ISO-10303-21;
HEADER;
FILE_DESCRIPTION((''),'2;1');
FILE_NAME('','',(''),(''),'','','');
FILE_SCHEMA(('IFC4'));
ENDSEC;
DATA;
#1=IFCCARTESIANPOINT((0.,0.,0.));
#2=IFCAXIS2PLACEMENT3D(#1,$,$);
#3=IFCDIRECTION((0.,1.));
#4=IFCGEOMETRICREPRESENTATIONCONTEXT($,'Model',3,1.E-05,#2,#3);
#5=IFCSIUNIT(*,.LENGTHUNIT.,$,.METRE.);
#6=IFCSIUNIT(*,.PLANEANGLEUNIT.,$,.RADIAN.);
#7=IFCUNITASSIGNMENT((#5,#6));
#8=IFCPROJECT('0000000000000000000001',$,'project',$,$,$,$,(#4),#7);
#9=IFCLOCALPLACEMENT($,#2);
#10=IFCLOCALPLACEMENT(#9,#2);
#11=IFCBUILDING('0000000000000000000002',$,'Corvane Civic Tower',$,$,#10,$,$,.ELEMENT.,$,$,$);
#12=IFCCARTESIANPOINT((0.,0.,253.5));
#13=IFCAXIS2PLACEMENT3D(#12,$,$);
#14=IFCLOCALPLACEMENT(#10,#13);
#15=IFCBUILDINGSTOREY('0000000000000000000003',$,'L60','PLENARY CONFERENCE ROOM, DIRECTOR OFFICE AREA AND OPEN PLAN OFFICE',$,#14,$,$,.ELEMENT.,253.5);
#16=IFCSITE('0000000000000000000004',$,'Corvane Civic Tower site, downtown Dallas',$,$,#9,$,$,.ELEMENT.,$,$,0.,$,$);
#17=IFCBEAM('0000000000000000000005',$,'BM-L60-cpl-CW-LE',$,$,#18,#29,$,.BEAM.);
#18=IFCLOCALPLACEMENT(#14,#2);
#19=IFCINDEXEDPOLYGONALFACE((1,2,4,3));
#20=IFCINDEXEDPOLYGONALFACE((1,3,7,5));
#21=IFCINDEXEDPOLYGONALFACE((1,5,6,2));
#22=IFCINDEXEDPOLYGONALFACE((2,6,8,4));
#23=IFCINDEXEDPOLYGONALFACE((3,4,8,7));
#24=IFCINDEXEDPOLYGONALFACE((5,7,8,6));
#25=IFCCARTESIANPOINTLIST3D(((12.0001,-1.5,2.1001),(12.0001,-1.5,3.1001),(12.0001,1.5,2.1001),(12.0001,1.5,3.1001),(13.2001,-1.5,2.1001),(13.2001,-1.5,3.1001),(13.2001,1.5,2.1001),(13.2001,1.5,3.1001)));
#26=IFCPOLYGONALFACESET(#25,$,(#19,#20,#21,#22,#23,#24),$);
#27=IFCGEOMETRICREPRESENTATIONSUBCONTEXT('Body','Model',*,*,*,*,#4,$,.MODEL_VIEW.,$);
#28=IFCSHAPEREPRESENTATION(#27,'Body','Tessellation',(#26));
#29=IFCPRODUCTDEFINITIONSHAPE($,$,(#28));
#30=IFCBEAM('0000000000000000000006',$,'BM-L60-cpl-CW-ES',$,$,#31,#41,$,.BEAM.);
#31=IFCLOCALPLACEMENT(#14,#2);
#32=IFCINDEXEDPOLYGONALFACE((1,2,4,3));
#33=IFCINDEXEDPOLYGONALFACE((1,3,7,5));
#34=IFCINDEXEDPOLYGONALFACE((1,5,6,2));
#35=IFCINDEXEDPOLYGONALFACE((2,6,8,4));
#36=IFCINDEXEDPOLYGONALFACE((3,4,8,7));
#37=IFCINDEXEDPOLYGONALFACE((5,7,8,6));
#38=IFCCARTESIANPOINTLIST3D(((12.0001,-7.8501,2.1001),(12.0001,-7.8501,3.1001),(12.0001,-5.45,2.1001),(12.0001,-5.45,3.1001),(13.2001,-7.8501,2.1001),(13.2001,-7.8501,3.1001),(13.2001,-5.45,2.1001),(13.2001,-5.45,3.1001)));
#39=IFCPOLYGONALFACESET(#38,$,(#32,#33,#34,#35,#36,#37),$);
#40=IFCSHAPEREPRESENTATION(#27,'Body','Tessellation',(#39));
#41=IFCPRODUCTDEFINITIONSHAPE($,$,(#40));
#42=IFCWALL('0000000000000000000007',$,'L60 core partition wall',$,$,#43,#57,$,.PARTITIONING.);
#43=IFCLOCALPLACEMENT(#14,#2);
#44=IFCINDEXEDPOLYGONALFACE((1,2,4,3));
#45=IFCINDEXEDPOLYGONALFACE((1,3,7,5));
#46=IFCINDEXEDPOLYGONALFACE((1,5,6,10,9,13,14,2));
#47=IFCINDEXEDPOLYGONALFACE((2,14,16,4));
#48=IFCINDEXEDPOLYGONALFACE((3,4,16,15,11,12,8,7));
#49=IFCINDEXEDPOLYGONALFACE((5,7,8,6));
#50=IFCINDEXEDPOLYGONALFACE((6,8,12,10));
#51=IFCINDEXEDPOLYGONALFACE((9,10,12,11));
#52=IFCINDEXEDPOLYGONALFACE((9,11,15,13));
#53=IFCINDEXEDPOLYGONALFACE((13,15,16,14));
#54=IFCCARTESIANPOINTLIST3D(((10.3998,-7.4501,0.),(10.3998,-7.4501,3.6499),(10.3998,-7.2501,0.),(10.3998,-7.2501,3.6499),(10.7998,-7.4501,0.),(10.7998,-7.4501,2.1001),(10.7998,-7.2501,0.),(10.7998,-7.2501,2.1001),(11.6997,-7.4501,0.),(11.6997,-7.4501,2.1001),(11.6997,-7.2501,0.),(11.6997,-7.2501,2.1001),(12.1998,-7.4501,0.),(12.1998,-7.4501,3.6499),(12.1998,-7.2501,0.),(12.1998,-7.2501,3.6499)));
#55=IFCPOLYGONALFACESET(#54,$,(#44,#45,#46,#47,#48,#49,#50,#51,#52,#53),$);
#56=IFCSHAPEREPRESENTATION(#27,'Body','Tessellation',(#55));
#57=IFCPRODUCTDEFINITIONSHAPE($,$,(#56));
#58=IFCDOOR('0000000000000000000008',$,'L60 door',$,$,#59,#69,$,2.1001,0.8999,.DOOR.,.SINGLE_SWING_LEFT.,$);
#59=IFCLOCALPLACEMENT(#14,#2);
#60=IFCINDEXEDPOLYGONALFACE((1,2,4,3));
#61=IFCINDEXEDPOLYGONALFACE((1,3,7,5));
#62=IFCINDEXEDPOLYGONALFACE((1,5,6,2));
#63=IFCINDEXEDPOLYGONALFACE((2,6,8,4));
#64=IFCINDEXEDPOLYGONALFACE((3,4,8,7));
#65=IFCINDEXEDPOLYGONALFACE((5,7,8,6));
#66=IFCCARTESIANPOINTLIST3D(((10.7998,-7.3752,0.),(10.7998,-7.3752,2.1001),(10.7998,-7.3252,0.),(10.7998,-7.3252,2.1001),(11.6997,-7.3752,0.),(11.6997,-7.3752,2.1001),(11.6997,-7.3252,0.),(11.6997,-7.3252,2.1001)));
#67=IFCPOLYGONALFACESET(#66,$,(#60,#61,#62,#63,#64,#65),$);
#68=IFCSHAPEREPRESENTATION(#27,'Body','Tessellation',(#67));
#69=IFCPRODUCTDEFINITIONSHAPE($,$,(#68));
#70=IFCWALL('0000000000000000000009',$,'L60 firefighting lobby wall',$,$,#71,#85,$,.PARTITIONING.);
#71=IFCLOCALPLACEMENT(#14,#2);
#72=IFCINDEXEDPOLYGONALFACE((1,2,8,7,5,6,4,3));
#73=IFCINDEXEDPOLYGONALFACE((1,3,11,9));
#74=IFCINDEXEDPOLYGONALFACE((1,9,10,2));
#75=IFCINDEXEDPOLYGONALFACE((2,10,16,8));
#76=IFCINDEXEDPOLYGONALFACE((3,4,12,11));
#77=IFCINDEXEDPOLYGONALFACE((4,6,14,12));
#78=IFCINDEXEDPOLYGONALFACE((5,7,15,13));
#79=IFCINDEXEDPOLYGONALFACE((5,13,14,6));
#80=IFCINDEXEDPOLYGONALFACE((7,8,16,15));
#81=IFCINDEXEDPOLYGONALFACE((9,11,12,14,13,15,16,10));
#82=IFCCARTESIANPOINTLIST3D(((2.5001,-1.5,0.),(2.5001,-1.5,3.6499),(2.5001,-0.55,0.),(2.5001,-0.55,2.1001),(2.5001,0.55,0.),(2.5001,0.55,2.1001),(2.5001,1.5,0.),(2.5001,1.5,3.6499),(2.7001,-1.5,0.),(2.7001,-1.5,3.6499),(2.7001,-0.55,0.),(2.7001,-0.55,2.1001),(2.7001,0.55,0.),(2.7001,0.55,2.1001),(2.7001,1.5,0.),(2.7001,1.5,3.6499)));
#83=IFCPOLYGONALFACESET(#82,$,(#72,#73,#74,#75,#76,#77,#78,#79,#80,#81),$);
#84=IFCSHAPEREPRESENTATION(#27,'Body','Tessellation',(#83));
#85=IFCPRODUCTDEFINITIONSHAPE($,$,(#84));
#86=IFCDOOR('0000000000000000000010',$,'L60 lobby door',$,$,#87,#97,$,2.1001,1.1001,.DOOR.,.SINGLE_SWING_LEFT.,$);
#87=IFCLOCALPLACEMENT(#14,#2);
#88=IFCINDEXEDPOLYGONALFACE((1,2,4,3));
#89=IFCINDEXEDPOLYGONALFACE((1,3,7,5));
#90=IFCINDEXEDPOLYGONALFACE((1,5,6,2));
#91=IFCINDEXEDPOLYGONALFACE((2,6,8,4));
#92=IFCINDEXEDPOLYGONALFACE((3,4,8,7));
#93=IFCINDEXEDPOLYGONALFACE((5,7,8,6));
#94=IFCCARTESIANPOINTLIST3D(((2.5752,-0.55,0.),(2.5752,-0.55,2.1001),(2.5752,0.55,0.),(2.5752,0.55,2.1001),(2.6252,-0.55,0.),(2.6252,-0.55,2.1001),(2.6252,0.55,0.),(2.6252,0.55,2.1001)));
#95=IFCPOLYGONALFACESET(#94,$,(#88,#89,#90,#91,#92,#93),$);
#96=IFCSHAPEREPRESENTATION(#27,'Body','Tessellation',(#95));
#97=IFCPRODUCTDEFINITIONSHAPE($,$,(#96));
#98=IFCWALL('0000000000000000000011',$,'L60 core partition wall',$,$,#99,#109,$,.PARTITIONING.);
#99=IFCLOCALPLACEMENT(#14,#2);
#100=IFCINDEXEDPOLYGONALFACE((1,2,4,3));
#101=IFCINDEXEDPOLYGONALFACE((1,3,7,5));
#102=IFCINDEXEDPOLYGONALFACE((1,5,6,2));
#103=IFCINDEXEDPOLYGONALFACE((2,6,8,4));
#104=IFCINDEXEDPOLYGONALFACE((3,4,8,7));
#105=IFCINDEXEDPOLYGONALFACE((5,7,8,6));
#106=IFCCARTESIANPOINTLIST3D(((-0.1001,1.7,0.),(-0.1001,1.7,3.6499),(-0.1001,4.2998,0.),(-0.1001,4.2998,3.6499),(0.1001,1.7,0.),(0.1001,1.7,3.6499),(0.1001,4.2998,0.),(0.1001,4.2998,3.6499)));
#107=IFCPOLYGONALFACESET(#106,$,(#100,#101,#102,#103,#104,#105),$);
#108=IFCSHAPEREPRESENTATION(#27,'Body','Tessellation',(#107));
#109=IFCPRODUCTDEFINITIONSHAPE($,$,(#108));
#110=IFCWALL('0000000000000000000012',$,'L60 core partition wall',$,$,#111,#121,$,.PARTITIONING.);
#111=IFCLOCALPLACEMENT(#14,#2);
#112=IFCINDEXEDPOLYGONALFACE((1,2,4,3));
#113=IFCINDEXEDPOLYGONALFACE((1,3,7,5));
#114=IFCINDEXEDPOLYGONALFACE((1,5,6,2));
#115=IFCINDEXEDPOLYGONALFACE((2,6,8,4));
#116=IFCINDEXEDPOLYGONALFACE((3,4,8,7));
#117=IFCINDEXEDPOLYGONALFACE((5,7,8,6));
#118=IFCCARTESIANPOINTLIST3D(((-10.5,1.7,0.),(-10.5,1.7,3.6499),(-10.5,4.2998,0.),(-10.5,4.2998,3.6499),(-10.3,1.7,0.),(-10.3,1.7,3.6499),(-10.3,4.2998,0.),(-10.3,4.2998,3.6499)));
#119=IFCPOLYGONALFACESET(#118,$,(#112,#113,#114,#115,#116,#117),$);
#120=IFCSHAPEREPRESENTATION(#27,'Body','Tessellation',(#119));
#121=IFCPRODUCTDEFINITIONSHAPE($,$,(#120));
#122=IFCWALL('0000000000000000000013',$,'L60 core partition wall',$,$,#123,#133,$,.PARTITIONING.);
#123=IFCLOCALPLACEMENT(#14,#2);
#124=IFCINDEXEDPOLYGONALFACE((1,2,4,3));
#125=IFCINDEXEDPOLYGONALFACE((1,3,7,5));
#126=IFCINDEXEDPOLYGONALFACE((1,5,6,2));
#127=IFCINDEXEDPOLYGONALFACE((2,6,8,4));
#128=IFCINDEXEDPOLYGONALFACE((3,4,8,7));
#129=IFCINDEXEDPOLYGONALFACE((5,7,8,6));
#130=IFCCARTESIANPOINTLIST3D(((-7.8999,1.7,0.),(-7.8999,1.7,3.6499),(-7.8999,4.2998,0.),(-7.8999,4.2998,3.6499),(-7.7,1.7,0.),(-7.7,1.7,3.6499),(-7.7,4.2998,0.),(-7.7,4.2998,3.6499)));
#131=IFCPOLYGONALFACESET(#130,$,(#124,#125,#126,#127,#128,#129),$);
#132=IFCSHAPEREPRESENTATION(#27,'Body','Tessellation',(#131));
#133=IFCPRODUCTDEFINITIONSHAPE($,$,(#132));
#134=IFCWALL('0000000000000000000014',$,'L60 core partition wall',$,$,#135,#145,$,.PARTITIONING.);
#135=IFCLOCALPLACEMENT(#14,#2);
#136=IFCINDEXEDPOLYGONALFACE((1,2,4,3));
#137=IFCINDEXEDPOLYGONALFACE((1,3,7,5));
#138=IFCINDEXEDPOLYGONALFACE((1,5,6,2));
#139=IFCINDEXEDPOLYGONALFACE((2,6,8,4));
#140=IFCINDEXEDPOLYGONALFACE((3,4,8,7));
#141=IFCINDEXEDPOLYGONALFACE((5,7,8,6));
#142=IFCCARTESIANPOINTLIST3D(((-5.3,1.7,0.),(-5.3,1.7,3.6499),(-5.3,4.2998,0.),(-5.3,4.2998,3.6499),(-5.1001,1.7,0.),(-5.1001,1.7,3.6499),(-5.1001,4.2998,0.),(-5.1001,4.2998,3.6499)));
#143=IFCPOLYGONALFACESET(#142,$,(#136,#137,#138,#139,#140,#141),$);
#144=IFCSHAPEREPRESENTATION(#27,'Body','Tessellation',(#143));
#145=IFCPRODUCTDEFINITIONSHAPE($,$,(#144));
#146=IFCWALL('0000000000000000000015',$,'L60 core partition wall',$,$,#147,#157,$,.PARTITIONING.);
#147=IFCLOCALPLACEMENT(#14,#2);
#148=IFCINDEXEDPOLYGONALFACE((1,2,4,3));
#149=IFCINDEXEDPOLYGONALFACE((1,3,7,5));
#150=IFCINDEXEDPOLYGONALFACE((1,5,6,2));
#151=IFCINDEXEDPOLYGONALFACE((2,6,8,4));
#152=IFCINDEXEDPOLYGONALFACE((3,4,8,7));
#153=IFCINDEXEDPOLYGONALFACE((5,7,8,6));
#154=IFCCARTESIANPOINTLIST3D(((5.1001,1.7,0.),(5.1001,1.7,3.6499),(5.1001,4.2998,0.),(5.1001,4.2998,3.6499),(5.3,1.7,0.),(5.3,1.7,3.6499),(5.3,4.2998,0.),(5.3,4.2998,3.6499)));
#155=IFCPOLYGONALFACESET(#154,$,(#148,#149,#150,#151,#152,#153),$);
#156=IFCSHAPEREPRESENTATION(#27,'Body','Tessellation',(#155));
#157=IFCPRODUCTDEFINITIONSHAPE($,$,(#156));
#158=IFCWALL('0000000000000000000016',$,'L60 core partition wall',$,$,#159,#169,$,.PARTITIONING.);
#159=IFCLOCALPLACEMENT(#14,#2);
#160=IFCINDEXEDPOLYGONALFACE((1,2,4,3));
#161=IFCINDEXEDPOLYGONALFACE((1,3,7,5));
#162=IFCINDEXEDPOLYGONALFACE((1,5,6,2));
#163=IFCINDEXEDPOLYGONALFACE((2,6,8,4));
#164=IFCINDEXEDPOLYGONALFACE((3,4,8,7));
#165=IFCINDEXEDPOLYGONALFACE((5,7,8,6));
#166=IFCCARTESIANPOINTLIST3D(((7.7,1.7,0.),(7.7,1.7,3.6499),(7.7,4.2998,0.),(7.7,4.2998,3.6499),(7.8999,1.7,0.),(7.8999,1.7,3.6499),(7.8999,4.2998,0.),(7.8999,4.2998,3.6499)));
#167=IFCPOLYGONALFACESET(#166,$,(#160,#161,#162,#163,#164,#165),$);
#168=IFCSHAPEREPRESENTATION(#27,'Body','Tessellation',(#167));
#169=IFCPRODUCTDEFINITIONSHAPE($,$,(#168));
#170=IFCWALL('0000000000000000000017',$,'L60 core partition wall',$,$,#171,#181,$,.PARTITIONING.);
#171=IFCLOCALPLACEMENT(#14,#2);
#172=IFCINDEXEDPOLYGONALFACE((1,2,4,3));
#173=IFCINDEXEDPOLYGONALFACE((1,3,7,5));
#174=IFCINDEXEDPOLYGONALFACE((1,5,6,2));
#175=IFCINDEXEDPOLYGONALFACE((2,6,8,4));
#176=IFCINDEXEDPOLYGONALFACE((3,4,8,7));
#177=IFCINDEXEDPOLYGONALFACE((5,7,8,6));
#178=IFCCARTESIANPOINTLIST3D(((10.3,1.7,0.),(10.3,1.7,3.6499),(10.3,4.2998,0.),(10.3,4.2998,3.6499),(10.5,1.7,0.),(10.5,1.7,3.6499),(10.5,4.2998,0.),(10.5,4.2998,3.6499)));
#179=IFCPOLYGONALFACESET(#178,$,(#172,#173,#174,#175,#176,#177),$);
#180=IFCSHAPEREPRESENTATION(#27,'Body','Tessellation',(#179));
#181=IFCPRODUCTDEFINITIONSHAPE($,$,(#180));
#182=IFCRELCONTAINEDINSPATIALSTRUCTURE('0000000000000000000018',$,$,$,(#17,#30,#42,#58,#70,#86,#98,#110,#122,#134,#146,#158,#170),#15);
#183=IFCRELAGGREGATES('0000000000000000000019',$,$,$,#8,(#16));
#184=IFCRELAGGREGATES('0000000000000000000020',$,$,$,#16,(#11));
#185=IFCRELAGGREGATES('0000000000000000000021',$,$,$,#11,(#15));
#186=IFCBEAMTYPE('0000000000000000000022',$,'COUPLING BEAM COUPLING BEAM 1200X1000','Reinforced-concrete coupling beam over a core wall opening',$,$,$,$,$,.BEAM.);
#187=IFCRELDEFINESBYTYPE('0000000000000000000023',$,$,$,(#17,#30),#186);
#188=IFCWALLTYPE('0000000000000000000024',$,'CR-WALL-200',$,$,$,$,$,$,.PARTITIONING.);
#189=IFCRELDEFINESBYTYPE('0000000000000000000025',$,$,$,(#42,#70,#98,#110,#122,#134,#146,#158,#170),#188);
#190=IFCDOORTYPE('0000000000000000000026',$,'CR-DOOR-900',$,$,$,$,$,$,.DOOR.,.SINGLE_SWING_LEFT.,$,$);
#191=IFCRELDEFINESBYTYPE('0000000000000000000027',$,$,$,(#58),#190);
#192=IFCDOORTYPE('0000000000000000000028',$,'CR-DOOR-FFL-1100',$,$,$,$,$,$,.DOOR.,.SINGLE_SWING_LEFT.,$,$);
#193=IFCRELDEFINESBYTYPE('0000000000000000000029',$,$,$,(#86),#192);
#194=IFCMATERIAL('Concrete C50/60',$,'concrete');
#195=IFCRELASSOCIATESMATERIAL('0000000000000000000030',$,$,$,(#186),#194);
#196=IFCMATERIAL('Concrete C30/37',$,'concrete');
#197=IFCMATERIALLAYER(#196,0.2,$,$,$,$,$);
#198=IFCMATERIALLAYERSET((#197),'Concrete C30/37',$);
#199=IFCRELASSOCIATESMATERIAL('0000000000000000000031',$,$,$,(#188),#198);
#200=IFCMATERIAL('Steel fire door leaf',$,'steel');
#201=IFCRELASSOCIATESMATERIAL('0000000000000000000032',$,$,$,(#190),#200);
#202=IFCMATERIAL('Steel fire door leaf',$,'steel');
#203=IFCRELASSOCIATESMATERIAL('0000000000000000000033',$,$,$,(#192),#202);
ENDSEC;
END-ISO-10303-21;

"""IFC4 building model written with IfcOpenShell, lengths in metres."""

from ifc_helpers import new_model, si_unit, direction, frame, frame_2d, origin, origin_2d, place, context, subcontext, project, spatial, polyline, rectangle, outline, extrude, material, layer, layer_set, material_profile, profile_set, type_object, element, fill, save


model = new_model("IFC4")

# Units and contexts
model_context = context("Model", 3, precision=1e-05, world=origin(), true_north=direction((0.0, 1.0)))
body_context = subcontext(model_context, "Body", "Model", "MODEL_VIEW")
ifc_project = project(units=[si_unit("LENGTHUNIT", "METRE"), si_unit("PLANEANGLEUNIT", "RADIAN")], contexts=[model_context])

# Site, building, storey
site_placement = place(None, origin())
site = spatial("IfcSite", under=ifc_project, at=site_placement, Name="Corvane Civic Tower site, downtown Dallas", CompositionType="ELEMENT", RefElevation=0.0)
building_placement = place(site_placement, origin())
building = spatial("IfcBuilding", under=site, at=building_placement, Name="Corvane Civic Tower", CompositionType="ELEMENT")
storey_placement = place(building_placement, frame((0.0, 0.0, 253.5)))
storey = spatial("IfcBuildingStorey", under=building, at=storey_placement, Name="L60", Description="PLENARY CONFERENCE ROOM, DIRECTOR OFFICE AREA AND OPEN PLAN OFFICE", CompositionType="ELEMENT", Elevation=253.5)

# Beams
ifc_material_1 = material(Name="Concrete C50/60", Category="concrete")
ifc_material_profile = material_profile(ifc_material_1, rectangle(XDim=1.2, YDim=1.0, at=origin_2d()), Name="COUPLING BEAM 1200X1000")
ifc_profile_set = profile_set([ifc_material_profile], Name="Concrete C50/60")
beam_type = type_object("IfcBeamType", Name="COUPLING BEAM COUPLING BEAM 1200X1000", Description="Reinforced-concrete coupling beam over a core wall opening", PredefinedType="BEAM", material=ifc_profile_set)
beam_1_placement = place(storey_placement, frame((12.6001, -1.5, 2.6001), z_axis=(0.0, 1.0, 0.0), x_axis=(-1.0, 0.0, 0.0)))
element("IfcBeam", 1, at=beam_1_placement, inside=storey, type_object=beam_type, Name="BM-L60-cpl-CW-LE", PredefinedType="BEAM", context=body_context, shape_type="SweptSolid", body=[
    extrude(rectangle(XDim=1.2, YDim=1.0, at=origin_2d()), origin(), (0.0, 0.0, 1.0), 3.0),
])
beam_2_placement = place(storey_placement, frame((12.6001, -7.8501, 2.6001), z_axis=(0.0, 1.0, 0.0), x_axis=(-1.0, 0.0, 0.0)))
element("IfcBeam", 2, at=beam_2_placement, inside=storey, type_object=beam_type, Name="BM-L60-cpl-CW-ES", PredefinedType="BEAM", context=body_context, shape_type="SweptSolid", body=[
    extrude(rectangle(XDim=1.2, YDim=1.0, at=origin_2d()), origin(), (0.0, 0.0, 1.0), 2.4001),
])

# Walls, openings, doors
ifc_material_2 = material(Name="Concrete C30/37", Category="concrete")
ifc_layer_1 = layer(ifc_material_2, 0.2)
ifc_layer_set_1 = layer_set([ifc_layer_1], Name="Concrete C30/37")
wall_type_1 = type_object("IfcWallType", Name="CR-WALL-200", PredefinedType="PARTITIONING", material=ifc_layer_set_1)
wall_1_placement = place(storey_placement, frame((10.3999, -7.3501, 0.0), z_axis=(0.0, 0.0, 1.0), x_axis=(1.0, 0.0, 0.0)))
wall_1 = element("IfcWall", 3, at=wall_1_placement, inside=storey, type_object=wall_type_1, Name="L60 core partition wall", PredefinedType="PARTITIONING", context=body_context, shape_type="SweptSolid", body=[
    extrude(rectangle(XDim=1.8, YDim=0.2, at=frame_2d((0.8999, 0.0))), origin(), (0.0, 0.0, 1.0), 3.6499),
])
opening_1_placement = place(wall_1_placement, frame((0.3999, 0.0, 0.0)))
opening_1 = element("IfcOpeningElement", 4, at=opening_1_placement, cuts=wall_1, PredefinedType="OPENING", context=body_context, shape_type="SweptSolid", body=[
    extrude(rectangle(XDim=0.8999, YDim=2.1001, at=frame_2d((0.45, 1.05))), frame((0.0, 0.1099, 0.0), z_axis=(0.0, -1.0, 0.0), x_axis=(1.0, 0.0, 0.0)), (0.0, 0.0, 1.0), 0.22),
])
ifc_material_3 = material(Name="Steel fire door leaf", Category="steel")
door_type_1 = type_object("IfcDoorType", Name="CR-DOOR-900", OperationType="SINGLE_SWING_LEFT", PredefinedType="DOOR", material=ifc_material_3)
door_1_placement = place(opening_1_placement, origin())
door_1 = element("IfcDoor", 5, at=door_1_placement, inside=storey, type_object=door_type_1, Name="L60 door", OperationType="SINGLE_SWING_LEFT", OverallHeight=2.1001, OverallWidth=0.8999, PredefinedType="DOOR", context=body_context, shape_type="SweptSolid", body=[
    extrude(rectangle(XDim=0.8999, YDim=2.1001, at=frame_2d((0.45, 1.05))), frame((0.0, 0.0249, 0.0), z_axis=(0.0, -1.0, 0.0), x_axis=(1.0, 0.0, 0.0)), (0.0, 0.0, 1.0), 0.05),
])
fill(opening_1, door_1)
wall_2_placement = place(storey_placement, frame((2.6001, -1.5, 0.0), z_axis=(0.0, 0.0, 1.0), x_axis=(0.0, 1.0, 0.0)))
wall_2 = element("IfcWall", 6, at=wall_2_placement, inside=storey, type_object=wall_type_1, Name="L60 firefighting lobby wall", PredefinedType="PARTITIONING", context=body_context, shape_type="SweptSolid", body=[
    extrude(rectangle(XDim=3.0, YDim=0.2, at=frame_2d((1.5, 0.0))), origin(), (0.0, 0.0, 1.0), 3.6499),
])
opening_2_placement = place(wall_2_placement, frame((0.95, 0.0, 0.0)))
opening_2 = element("IfcOpeningElement", 7, at=opening_2_placement, cuts=wall_2, PredefinedType="OPENING", context=body_context, shape_type="SweptSolid", body=[
    extrude(rectangle(XDim=1.1001, YDim=2.1001, at=frame_2d((0.55, 1.05))), frame((0.0, 0.1099, 0.0), z_axis=(0.0, -1.0, 0.0), x_axis=(1.0, 0.0, 0.0)), (0.0, 0.0, 1.0), 0.22),
])
ifc_material_4 = material(Name="Steel fire door leaf", Category="steel")
door_type_2 = type_object("IfcDoorType", Name="CR-DOOR-FFL-1100", OperationType="SINGLE_SWING_LEFT", PredefinedType="DOOR", material=ifc_material_4)
door_2_placement = place(opening_2_placement, origin())
door_2 = element("IfcDoor", 8, at=door_2_placement, inside=storey, type_object=door_type_2, Name="L60 lobby door", OperationType="SINGLE_SWING_LEFT", OverallHeight=2.1001, OverallWidth=1.1001, PredefinedType="DOOR", context=body_context, shape_type="SweptSolid", body=[
    extrude(rectangle(XDim=1.1001, YDim=2.1001, at=frame_2d((0.55, 1.05))), frame((0.0, 0.0249, 0.0), z_axis=(0.0, -1.0, 0.0), x_axis=(1.0, 0.0, 0.0)), (0.0, 0.0, 1.0), 0.05),
])
fill(opening_2, door_2)

# Walls
wall_3_placement = place(storey_placement, origin())
element("IfcWall", 9, at=wall_3_placement, inside=storey, type_object=wall_type_1, Name="L60 core partition wall", PredefinedType="PARTITIONING", context=body_context, shape_type="SweptSolid", body=[
    extrude(outline(polyline([(0.1001, 1.7), (-0.1001, 1.7), (-0.1001, 4.2998), (0.1001, 4.2998), (0.1001, 1.7)])), origin(), (0.0, 0.0, 1.0), 3.6499),
])
wall_4_placement = place(storey_placement, origin())
element("IfcWall", 10, at=wall_4_placement, inside=storey, type_object=wall_type_1, Name="L60 core partition wall", PredefinedType="PARTITIONING", context=body_context, shape_type="SweptSolid", body=[
    extrude(outline(polyline([(-10.3, 1.7), (-10.5, 1.7), (-10.5, 4.2998), (-10.3, 4.2998), (-10.3, 1.7)])), origin(), (0.0, 0.0, 1.0), 3.6499),
])
wall_5_placement = place(storey_placement, origin())
element("IfcWall", 11, at=wall_5_placement, inside=storey, type_object=wall_type_1, Name="L60 core partition wall", PredefinedType="PARTITIONING", context=body_context, shape_type="SweptSolid", body=[
    extrude(outline(polyline([(-7.7, 1.7), (-7.8999, 1.7), (-7.8999, 4.2998), (-7.7, 4.2998), (-7.7, 1.7)])), origin(), (0.0, 0.0, 1.0), 3.6499),
])
wall_6_placement = place(storey_placement, origin())
element("IfcWall", 12, at=wall_6_placement, inside=storey, type_object=wall_type_1, Name="L60 core partition wall", PredefinedType="PARTITIONING", context=body_context, shape_type="SweptSolid", body=[
    extrude(outline(polyline([(-5.1001, 1.7), (-5.3, 1.7), (-5.3, 4.2998), (-5.1001, 4.2998), (-5.1001, 1.7)])), origin(), (0.0, 0.0, 1.0), 3.6499),
])
wall_7_placement = place(storey_placement, origin())
element("IfcWall", 13, at=wall_7_placement, inside=storey, type_object=wall_type_1, Name="L60 core partition wall", PredefinedType="PARTITIONING", context=body_context, shape_type="SweptSolid", body=[
    extrude(outline(polyline([(5.3, 1.7), (5.1001, 1.7), (5.1001, 4.2998), (5.3, 4.2998), (5.3, 1.7)])), origin(), (0.0, 0.0, 1.0), 3.6499),
])
wall_8_placement = place(storey_placement, origin())
element("IfcWall", 14, at=wall_8_placement, inside=storey, type_object=wall_type_1, Name="L60 core partition wall", PredefinedType="PARTITIONING", context=body_context, shape_type="SweptSolid", body=[
    extrude(outline(polyline([(7.8999, 1.7), (7.7, 1.7), (7.7, 4.2998), (7.8999, 4.2998), (7.8999, 1.7)])), origin(), (0.0, 0.0, 1.0), 3.6499),
])
wall_9_placement = place(storey_placement, origin())
element("IfcWall", 15, at=wall_9_placement, inside=storey, type_object=wall_type_1, Name="L60 core partition wall", PredefinedType="PARTITIONING", context=body_context, shape_type="SweptSolid", body=[
    extrude(outline(polyline([(10.5, 1.7), (10.3, 1.7), (10.3, 4.2998), (10.5, 4.2998), (10.5, 1.7)])), origin(), (0.0, 0.0, 1.0), 3.6499),
])

save(model, "model.ifc")
